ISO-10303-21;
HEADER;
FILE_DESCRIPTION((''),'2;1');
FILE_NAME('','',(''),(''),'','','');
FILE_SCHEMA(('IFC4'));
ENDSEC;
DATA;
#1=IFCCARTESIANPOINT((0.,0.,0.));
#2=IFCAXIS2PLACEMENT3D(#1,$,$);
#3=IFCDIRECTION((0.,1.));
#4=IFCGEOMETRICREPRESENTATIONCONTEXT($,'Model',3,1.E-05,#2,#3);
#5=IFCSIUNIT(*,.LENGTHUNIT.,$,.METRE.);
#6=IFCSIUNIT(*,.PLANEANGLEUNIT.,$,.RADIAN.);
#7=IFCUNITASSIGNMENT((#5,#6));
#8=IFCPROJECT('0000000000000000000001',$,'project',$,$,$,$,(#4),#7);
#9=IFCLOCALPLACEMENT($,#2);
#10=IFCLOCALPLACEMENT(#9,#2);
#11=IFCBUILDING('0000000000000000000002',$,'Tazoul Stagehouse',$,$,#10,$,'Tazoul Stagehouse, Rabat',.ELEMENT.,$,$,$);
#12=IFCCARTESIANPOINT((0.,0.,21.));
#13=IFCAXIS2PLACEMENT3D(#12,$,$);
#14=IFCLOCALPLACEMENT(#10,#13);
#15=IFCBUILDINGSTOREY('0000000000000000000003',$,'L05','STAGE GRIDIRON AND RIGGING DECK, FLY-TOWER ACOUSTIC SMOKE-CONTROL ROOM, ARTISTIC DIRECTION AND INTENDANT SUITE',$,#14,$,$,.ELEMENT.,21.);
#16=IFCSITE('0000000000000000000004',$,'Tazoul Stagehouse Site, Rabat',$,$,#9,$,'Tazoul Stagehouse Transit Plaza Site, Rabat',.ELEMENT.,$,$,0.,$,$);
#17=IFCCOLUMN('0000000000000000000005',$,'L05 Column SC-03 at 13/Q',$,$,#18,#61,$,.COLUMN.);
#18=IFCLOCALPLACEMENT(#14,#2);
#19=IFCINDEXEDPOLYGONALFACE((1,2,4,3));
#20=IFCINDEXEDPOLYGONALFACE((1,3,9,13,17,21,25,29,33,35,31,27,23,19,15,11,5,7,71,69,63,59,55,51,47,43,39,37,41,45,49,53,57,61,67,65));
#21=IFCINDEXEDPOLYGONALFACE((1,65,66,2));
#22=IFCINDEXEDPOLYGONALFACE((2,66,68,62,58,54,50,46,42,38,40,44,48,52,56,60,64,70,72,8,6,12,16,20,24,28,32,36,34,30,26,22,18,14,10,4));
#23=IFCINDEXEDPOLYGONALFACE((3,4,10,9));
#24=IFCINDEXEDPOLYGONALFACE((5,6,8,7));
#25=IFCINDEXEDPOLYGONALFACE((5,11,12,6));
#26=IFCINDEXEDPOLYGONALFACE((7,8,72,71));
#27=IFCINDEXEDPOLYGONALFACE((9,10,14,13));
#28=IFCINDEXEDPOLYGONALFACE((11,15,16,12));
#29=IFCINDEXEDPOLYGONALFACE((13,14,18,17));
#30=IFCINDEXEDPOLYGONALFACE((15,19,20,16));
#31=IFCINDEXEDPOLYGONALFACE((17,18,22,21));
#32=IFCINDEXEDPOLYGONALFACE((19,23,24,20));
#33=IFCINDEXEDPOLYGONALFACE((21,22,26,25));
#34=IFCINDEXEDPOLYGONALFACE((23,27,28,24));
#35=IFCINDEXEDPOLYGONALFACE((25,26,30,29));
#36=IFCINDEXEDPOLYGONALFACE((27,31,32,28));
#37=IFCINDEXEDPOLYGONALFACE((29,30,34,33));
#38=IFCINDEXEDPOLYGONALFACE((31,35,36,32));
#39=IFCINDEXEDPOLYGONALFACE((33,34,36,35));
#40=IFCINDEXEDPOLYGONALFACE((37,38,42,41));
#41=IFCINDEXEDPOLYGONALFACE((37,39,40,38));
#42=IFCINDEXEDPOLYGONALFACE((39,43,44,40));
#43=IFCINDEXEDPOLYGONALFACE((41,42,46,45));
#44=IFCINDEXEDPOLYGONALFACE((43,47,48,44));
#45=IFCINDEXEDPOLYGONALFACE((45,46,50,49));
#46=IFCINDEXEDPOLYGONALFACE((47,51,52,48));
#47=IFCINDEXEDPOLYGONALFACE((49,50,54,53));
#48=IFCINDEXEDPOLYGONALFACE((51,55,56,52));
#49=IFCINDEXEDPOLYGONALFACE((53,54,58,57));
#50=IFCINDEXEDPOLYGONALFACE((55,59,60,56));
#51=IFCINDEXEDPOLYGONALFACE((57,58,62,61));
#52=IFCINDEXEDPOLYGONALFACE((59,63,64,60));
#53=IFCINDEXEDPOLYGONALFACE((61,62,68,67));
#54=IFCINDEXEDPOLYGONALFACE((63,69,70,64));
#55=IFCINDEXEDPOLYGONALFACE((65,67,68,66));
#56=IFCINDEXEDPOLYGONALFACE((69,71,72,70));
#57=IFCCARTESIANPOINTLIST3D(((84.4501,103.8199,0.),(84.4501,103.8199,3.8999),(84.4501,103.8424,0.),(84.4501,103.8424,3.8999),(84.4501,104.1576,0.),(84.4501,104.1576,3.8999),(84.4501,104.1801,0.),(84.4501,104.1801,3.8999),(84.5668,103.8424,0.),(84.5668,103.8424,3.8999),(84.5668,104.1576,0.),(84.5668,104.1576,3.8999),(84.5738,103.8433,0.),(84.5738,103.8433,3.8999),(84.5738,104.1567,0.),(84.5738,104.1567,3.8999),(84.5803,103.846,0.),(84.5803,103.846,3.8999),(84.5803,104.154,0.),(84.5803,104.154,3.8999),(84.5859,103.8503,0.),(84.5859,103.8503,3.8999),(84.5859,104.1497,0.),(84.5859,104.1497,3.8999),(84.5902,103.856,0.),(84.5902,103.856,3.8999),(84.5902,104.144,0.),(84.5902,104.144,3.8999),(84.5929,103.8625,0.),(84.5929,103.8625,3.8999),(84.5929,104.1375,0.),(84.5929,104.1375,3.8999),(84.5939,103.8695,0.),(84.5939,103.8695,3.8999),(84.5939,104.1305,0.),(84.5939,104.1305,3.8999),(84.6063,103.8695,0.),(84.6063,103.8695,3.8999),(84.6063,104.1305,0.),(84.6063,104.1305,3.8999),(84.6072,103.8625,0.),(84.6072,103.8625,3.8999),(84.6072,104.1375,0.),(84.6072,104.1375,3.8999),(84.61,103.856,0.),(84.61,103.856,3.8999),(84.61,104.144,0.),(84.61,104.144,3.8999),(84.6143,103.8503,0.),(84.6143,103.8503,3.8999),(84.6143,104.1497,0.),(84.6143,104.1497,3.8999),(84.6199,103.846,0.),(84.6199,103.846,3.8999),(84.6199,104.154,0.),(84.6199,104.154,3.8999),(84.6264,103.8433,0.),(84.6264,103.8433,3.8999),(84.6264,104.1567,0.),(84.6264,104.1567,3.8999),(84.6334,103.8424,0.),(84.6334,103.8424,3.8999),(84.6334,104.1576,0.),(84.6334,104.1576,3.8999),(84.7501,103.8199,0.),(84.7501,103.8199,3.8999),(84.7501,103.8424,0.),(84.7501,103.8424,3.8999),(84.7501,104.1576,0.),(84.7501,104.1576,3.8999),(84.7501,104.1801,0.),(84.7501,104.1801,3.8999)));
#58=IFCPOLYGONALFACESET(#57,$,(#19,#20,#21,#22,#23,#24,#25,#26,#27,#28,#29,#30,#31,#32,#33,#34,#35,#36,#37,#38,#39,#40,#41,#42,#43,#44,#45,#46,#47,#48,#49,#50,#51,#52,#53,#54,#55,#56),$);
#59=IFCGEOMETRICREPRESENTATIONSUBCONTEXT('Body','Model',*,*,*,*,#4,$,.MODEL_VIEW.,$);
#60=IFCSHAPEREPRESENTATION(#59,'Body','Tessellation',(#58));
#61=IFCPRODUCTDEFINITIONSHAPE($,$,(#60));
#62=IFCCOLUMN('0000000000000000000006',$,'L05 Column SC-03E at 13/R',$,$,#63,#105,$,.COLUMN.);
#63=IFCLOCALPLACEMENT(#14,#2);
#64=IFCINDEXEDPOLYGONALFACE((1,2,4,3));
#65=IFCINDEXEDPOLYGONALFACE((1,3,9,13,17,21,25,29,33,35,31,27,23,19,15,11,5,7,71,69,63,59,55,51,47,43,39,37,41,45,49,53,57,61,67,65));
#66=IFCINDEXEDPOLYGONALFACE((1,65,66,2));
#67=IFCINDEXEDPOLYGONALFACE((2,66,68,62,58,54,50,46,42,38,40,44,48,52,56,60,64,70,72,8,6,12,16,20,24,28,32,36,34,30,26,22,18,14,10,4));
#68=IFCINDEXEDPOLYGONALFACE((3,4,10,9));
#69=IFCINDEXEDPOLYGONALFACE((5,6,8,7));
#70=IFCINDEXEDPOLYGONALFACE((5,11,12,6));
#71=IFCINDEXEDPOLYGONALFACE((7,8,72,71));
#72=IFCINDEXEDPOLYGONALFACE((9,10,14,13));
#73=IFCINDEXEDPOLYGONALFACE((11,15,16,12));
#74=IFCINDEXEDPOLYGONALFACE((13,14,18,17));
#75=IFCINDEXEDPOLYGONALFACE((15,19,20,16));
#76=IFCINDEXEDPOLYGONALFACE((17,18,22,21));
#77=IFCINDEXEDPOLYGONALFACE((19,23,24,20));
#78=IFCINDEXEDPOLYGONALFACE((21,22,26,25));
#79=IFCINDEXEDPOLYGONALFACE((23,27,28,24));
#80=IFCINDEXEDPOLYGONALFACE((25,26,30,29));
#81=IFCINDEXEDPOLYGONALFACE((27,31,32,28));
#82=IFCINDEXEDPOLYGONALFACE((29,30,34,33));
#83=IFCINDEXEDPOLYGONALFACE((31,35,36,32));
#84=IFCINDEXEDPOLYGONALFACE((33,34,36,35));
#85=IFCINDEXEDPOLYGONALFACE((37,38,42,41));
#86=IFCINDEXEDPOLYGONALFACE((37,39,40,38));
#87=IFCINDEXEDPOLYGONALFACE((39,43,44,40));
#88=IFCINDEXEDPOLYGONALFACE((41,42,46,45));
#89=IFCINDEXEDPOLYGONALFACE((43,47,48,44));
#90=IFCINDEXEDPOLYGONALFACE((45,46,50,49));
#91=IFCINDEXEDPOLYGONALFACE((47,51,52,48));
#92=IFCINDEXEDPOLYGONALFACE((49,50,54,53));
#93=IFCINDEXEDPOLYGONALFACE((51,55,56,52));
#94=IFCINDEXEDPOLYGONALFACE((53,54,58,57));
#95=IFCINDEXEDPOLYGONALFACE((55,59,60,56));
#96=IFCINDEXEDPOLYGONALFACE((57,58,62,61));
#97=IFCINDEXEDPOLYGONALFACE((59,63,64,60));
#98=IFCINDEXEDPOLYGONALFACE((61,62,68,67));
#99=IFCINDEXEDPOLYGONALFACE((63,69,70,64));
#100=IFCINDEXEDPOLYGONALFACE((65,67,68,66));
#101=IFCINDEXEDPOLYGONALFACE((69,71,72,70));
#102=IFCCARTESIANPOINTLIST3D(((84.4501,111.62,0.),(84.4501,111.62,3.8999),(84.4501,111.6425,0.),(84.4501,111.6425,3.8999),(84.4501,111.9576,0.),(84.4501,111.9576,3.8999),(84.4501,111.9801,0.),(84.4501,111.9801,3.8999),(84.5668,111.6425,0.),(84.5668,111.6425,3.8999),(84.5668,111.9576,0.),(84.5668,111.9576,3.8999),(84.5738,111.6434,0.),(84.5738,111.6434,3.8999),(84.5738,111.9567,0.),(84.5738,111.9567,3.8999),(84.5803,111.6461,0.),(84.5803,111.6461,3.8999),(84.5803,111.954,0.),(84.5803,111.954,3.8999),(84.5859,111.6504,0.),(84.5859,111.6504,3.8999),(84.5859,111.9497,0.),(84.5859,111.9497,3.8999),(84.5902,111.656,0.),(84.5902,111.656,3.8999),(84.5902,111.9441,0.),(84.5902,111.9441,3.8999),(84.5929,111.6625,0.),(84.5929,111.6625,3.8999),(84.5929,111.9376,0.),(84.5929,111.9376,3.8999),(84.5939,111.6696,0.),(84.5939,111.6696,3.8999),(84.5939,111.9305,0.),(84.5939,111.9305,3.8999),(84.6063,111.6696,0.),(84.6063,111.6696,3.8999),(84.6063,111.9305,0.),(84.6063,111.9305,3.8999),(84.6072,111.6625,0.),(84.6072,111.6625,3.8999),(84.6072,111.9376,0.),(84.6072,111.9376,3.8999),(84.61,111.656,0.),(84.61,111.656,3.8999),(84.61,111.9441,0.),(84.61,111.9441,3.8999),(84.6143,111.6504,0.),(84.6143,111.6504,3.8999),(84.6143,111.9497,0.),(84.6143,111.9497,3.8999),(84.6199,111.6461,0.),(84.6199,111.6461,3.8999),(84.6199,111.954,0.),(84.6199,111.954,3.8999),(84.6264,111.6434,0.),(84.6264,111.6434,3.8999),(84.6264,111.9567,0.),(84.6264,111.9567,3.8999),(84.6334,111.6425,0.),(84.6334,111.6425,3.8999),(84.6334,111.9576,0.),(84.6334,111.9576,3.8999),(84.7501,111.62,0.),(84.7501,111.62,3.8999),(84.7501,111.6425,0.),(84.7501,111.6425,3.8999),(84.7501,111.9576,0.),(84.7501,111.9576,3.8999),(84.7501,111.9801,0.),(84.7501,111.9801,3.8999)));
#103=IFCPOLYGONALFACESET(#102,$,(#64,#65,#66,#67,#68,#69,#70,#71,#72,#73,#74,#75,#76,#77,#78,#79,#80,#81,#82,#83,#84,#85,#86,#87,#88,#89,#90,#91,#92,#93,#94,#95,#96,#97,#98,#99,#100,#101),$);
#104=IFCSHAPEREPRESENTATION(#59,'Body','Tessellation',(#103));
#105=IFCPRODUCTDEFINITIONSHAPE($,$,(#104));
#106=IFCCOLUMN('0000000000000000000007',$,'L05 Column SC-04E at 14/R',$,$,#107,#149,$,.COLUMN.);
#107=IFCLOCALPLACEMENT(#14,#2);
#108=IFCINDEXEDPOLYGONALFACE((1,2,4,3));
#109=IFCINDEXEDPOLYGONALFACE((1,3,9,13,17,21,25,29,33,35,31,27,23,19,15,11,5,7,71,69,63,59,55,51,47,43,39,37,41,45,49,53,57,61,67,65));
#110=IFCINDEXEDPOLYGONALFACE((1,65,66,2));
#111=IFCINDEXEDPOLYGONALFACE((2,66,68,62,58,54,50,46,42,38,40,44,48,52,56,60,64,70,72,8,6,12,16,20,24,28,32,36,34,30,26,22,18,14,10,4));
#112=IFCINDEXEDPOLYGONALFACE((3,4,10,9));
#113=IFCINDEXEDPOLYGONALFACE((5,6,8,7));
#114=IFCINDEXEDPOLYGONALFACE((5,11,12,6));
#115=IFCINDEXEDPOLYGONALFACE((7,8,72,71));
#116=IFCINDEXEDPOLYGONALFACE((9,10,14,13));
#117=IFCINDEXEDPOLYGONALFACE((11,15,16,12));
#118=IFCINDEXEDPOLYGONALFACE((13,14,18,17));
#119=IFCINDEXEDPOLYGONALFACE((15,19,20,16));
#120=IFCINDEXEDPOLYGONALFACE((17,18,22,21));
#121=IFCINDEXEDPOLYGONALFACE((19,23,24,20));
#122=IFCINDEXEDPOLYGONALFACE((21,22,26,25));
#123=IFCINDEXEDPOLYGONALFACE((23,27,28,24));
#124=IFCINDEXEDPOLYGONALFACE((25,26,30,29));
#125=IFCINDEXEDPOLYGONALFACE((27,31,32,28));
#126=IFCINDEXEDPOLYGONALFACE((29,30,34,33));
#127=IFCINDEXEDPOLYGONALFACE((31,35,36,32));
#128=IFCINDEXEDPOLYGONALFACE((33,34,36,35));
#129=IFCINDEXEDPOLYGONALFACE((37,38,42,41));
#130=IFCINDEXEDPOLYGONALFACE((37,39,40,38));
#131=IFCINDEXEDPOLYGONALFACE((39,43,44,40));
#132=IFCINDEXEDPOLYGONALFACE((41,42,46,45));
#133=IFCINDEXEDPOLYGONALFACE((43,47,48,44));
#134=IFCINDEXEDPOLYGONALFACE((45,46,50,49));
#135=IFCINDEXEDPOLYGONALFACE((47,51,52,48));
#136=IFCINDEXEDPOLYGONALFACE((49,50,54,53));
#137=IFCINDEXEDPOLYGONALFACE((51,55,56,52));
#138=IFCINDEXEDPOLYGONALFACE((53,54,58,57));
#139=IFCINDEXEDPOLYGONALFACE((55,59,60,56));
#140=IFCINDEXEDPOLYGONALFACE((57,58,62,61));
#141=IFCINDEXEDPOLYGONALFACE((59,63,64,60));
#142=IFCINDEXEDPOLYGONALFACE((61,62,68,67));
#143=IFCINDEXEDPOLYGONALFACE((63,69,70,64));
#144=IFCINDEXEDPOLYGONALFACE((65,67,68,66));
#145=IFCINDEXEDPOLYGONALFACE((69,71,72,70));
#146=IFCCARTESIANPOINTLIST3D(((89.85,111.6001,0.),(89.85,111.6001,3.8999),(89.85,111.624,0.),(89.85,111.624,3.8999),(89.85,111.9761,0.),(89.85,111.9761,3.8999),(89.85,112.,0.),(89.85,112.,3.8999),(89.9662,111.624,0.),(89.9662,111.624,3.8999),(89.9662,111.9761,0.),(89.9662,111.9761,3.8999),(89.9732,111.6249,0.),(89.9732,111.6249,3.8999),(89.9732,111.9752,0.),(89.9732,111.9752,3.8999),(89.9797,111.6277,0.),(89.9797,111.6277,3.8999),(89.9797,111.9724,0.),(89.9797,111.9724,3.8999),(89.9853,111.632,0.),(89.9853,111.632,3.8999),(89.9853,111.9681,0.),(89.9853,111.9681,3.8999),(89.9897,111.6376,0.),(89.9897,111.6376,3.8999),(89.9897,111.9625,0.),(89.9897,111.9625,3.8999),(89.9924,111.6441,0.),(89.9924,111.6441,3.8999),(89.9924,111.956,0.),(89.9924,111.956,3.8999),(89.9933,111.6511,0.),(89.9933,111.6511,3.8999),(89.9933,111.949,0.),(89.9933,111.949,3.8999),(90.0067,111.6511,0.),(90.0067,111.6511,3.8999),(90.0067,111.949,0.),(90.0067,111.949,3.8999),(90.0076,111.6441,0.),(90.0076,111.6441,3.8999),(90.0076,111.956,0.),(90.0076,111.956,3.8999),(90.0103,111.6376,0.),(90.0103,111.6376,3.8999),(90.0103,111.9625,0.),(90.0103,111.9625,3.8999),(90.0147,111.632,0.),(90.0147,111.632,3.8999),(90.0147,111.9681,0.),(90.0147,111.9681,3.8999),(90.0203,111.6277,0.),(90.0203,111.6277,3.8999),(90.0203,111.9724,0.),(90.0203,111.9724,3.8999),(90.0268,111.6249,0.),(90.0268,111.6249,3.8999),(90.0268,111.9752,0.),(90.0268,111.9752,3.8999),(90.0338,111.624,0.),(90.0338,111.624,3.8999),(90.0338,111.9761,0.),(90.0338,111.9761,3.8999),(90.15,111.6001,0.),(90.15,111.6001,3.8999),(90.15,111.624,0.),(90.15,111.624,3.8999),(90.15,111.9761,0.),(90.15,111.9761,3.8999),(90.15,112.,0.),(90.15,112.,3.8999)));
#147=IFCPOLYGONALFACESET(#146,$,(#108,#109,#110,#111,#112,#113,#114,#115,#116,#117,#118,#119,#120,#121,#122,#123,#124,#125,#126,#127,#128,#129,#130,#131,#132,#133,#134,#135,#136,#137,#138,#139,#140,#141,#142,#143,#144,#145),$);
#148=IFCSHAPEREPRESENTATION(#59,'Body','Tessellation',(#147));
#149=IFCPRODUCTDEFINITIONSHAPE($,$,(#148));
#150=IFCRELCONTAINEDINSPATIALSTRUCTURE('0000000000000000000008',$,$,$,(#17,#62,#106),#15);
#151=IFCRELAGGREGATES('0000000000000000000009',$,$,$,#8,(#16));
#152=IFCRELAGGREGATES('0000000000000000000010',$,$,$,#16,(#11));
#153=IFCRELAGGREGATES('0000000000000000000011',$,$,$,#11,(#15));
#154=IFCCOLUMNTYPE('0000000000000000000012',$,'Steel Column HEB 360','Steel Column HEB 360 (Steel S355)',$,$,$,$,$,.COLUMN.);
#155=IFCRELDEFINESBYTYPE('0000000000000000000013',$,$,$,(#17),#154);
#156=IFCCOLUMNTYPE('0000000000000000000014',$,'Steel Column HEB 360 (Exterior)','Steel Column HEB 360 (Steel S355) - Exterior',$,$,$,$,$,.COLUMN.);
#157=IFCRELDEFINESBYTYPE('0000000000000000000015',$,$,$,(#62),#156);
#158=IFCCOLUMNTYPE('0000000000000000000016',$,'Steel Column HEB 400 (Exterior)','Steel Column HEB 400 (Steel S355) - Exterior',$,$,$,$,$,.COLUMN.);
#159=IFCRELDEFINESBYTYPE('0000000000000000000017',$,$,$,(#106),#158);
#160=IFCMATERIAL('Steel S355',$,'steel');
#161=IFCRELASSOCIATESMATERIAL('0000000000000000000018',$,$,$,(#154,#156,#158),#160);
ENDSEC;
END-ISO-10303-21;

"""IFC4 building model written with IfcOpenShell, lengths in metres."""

from ifc_helpers import new_model, si_unit, direction, frame, origin, origin_2d, place, context, subcontext, project, spatial, i_section, extrude, material, material_profile, profile_set, type_object, element, save


model = new_model("IFC4")

# Units and contexts
model_context = context("Model", 3, precision=1e-05, world=origin(), true_north=direction((0.0, 1.0)))
body_context = subcontext(model_context, "Body", "Model", "MODEL_VIEW")
ifc_project = project(units=[si_unit("LENGTHUNIT", "METRE"), si_unit("PLANEANGLEUNIT", "RADIAN")], contexts=[model_context])

# Site, building, storey
site_placement = place(None, origin())
site = spatial("IfcSite", under=ifc_project, at=site_placement, Name="Tazoul Stagehouse Site, Rabat", LongName="Tazoul Stagehouse Transit Plaza Site, Rabat", CompositionType="ELEMENT", RefElevation=0.0)
building_placement = place(site_placement, origin())
building = spatial("IfcBuilding", under=site, at=building_placement, Name="Tazoul Stagehouse", LongName="Tazoul Stagehouse, Rabat", CompositionType="ELEMENT")
storey_placement = place(building_placement, frame((0.0, 0.0, 21.0)))
storey = spatial("IfcBuildingStorey", under=building, at=storey_placement, Name="L05", Description="STAGE GRIDIRON AND RIGGING DECK, FLY-TOWER ACOUSTIC SMOKE-CONTROL ROOM, ARTISTIC DIRECTION AND INTENDANT SUITE", CompositionType="ELEMENT", Elevation=21.0)

# Columns
ifc_material_1 = material(Name="Steel S355", Category="steel")
ifc_material_profile_1 = material_profile(ifc_material_1, i_section(OverallWidth=0.3, OverallDepth=0.3601, WebThickness=0.0125, FlangeThickness=0.0225, FilletRadius=0.0271, at=origin_2d()), Name="HEB 360")
ifc_profile_set_1 = profile_set([ifc_material_profile_1], Name="Steel S355")
column_type_1 = type_object("IfcColumnType", Name="Steel Column HEB 360", Description="Steel Column HEB 360 (Steel S355)", PredefinedType="COLUMN", material=ifc_profile_set_1)
column_1_placement = place(storey_placement, frame((84.6001, 104.0, 0.0), z_axis=(0.0, 0.0, 1.0), x_axis=(1.0, 0.0, 0.0)))
element("IfcColumn", 1, at=column_1_placement, inside=storey, type_object=column_type_1, Name="L05 Column SC-03 at 13/Q", PredefinedType="COLUMN", context=body_context, shape_type="SweptSolid", body=[
    extrude(i_section(OverallWidth=0.3, OverallDepth=0.3601, WebThickness=0.0125, FlangeThickness=0.0225, FilletRadius=0.0271, at=origin_2d()), origin(), (0.0, 0.0, 1.0), 3.8999),
])
ifc_material_profile_2 = material_profile(ifc_material_1, i_section(OverallWidth=0.3, OverallDepth=0.3601, WebThickness=0.0125, FlangeThickness=0.0225, FilletRadius=0.0271, at=origin_2d()), Name="HEB 360")
ifc_profile_set_2 = profile_set([ifc_material_profile_2], Name="Steel S355")
column_type_2 = type_object("IfcColumnType", Name="Steel Column HEB 360 (Exterior)", Description="Steel Column HEB 360 (Steel S355) - Exterior", PredefinedType="COLUMN", material=ifc_profile_set_2)
column_2_placement = place(storey_placement, frame((84.6001, 111.8, 0.0), z_axis=(0.0, 0.0, 1.0), x_axis=(1.0, 0.0, 0.0)))
element("IfcColumn", 2, at=column_2_placement, inside=storey, type_object=column_type_2, Name="L05 Column SC-03E at 13/R", PredefinedType="COLUMN", context=body_context, shape_type="SweptSolid", body=[
    extrude(i_section(OverallWidth=0.3, OverallDepth=0.3601, WebThickness=0.0125, FlangeThickness=0.0225, FilletRadius=0.0271, at=origin_2d()), origin(), (0.0, 0.0, 1.0), 3.8999),
])
ifc_material_profile_3 = material_profile(ifc_material_1, i_section(OverallWidth=0.3, OverallDepth=0.3999, WebThickness=0.0134, FlangeThickness=0.0239, FilletRadius=0.0271, at=origin_2d()), Name="HEB 400")
ifc_profile_set_3 = profile_set([ifc_material_profile_3], Name="Steel S355")
column_type_3 = type_object("IfcColumnType", Name="Steel Column HEB 400 (Exterior)", Description="Steel Column HEB 400 (Steel S355) - Exterior", PredefinedType="COLUMN", material=ifc_profile_set_3)
column_3_placement = place(storey_placement, frame((90.0, 111.8, 0.0), z_axis=(0.0, 0.0, 1.0), x_axis=(1.0, 0.0, 0.0)))
element("IfcColumn", 3, at=column_3_placement, inside=storey, type_object=column_type_3, Name="L05 Column SC-04E at 14/R", PredefinedType="COLUMN", context=body_context, shape_type="SweptSolid", body=[
    extrude(i_section(OverallWidth=0.3, OverallDepth=0.3999, WebThickness=0.0134, FlangeThickness=0.0239, FilletRadius=0.0271, at=origin_2d()), origin(), (0.0, 0.0, 1.0), 3.8999),
])

save(model, "model.ifc")
